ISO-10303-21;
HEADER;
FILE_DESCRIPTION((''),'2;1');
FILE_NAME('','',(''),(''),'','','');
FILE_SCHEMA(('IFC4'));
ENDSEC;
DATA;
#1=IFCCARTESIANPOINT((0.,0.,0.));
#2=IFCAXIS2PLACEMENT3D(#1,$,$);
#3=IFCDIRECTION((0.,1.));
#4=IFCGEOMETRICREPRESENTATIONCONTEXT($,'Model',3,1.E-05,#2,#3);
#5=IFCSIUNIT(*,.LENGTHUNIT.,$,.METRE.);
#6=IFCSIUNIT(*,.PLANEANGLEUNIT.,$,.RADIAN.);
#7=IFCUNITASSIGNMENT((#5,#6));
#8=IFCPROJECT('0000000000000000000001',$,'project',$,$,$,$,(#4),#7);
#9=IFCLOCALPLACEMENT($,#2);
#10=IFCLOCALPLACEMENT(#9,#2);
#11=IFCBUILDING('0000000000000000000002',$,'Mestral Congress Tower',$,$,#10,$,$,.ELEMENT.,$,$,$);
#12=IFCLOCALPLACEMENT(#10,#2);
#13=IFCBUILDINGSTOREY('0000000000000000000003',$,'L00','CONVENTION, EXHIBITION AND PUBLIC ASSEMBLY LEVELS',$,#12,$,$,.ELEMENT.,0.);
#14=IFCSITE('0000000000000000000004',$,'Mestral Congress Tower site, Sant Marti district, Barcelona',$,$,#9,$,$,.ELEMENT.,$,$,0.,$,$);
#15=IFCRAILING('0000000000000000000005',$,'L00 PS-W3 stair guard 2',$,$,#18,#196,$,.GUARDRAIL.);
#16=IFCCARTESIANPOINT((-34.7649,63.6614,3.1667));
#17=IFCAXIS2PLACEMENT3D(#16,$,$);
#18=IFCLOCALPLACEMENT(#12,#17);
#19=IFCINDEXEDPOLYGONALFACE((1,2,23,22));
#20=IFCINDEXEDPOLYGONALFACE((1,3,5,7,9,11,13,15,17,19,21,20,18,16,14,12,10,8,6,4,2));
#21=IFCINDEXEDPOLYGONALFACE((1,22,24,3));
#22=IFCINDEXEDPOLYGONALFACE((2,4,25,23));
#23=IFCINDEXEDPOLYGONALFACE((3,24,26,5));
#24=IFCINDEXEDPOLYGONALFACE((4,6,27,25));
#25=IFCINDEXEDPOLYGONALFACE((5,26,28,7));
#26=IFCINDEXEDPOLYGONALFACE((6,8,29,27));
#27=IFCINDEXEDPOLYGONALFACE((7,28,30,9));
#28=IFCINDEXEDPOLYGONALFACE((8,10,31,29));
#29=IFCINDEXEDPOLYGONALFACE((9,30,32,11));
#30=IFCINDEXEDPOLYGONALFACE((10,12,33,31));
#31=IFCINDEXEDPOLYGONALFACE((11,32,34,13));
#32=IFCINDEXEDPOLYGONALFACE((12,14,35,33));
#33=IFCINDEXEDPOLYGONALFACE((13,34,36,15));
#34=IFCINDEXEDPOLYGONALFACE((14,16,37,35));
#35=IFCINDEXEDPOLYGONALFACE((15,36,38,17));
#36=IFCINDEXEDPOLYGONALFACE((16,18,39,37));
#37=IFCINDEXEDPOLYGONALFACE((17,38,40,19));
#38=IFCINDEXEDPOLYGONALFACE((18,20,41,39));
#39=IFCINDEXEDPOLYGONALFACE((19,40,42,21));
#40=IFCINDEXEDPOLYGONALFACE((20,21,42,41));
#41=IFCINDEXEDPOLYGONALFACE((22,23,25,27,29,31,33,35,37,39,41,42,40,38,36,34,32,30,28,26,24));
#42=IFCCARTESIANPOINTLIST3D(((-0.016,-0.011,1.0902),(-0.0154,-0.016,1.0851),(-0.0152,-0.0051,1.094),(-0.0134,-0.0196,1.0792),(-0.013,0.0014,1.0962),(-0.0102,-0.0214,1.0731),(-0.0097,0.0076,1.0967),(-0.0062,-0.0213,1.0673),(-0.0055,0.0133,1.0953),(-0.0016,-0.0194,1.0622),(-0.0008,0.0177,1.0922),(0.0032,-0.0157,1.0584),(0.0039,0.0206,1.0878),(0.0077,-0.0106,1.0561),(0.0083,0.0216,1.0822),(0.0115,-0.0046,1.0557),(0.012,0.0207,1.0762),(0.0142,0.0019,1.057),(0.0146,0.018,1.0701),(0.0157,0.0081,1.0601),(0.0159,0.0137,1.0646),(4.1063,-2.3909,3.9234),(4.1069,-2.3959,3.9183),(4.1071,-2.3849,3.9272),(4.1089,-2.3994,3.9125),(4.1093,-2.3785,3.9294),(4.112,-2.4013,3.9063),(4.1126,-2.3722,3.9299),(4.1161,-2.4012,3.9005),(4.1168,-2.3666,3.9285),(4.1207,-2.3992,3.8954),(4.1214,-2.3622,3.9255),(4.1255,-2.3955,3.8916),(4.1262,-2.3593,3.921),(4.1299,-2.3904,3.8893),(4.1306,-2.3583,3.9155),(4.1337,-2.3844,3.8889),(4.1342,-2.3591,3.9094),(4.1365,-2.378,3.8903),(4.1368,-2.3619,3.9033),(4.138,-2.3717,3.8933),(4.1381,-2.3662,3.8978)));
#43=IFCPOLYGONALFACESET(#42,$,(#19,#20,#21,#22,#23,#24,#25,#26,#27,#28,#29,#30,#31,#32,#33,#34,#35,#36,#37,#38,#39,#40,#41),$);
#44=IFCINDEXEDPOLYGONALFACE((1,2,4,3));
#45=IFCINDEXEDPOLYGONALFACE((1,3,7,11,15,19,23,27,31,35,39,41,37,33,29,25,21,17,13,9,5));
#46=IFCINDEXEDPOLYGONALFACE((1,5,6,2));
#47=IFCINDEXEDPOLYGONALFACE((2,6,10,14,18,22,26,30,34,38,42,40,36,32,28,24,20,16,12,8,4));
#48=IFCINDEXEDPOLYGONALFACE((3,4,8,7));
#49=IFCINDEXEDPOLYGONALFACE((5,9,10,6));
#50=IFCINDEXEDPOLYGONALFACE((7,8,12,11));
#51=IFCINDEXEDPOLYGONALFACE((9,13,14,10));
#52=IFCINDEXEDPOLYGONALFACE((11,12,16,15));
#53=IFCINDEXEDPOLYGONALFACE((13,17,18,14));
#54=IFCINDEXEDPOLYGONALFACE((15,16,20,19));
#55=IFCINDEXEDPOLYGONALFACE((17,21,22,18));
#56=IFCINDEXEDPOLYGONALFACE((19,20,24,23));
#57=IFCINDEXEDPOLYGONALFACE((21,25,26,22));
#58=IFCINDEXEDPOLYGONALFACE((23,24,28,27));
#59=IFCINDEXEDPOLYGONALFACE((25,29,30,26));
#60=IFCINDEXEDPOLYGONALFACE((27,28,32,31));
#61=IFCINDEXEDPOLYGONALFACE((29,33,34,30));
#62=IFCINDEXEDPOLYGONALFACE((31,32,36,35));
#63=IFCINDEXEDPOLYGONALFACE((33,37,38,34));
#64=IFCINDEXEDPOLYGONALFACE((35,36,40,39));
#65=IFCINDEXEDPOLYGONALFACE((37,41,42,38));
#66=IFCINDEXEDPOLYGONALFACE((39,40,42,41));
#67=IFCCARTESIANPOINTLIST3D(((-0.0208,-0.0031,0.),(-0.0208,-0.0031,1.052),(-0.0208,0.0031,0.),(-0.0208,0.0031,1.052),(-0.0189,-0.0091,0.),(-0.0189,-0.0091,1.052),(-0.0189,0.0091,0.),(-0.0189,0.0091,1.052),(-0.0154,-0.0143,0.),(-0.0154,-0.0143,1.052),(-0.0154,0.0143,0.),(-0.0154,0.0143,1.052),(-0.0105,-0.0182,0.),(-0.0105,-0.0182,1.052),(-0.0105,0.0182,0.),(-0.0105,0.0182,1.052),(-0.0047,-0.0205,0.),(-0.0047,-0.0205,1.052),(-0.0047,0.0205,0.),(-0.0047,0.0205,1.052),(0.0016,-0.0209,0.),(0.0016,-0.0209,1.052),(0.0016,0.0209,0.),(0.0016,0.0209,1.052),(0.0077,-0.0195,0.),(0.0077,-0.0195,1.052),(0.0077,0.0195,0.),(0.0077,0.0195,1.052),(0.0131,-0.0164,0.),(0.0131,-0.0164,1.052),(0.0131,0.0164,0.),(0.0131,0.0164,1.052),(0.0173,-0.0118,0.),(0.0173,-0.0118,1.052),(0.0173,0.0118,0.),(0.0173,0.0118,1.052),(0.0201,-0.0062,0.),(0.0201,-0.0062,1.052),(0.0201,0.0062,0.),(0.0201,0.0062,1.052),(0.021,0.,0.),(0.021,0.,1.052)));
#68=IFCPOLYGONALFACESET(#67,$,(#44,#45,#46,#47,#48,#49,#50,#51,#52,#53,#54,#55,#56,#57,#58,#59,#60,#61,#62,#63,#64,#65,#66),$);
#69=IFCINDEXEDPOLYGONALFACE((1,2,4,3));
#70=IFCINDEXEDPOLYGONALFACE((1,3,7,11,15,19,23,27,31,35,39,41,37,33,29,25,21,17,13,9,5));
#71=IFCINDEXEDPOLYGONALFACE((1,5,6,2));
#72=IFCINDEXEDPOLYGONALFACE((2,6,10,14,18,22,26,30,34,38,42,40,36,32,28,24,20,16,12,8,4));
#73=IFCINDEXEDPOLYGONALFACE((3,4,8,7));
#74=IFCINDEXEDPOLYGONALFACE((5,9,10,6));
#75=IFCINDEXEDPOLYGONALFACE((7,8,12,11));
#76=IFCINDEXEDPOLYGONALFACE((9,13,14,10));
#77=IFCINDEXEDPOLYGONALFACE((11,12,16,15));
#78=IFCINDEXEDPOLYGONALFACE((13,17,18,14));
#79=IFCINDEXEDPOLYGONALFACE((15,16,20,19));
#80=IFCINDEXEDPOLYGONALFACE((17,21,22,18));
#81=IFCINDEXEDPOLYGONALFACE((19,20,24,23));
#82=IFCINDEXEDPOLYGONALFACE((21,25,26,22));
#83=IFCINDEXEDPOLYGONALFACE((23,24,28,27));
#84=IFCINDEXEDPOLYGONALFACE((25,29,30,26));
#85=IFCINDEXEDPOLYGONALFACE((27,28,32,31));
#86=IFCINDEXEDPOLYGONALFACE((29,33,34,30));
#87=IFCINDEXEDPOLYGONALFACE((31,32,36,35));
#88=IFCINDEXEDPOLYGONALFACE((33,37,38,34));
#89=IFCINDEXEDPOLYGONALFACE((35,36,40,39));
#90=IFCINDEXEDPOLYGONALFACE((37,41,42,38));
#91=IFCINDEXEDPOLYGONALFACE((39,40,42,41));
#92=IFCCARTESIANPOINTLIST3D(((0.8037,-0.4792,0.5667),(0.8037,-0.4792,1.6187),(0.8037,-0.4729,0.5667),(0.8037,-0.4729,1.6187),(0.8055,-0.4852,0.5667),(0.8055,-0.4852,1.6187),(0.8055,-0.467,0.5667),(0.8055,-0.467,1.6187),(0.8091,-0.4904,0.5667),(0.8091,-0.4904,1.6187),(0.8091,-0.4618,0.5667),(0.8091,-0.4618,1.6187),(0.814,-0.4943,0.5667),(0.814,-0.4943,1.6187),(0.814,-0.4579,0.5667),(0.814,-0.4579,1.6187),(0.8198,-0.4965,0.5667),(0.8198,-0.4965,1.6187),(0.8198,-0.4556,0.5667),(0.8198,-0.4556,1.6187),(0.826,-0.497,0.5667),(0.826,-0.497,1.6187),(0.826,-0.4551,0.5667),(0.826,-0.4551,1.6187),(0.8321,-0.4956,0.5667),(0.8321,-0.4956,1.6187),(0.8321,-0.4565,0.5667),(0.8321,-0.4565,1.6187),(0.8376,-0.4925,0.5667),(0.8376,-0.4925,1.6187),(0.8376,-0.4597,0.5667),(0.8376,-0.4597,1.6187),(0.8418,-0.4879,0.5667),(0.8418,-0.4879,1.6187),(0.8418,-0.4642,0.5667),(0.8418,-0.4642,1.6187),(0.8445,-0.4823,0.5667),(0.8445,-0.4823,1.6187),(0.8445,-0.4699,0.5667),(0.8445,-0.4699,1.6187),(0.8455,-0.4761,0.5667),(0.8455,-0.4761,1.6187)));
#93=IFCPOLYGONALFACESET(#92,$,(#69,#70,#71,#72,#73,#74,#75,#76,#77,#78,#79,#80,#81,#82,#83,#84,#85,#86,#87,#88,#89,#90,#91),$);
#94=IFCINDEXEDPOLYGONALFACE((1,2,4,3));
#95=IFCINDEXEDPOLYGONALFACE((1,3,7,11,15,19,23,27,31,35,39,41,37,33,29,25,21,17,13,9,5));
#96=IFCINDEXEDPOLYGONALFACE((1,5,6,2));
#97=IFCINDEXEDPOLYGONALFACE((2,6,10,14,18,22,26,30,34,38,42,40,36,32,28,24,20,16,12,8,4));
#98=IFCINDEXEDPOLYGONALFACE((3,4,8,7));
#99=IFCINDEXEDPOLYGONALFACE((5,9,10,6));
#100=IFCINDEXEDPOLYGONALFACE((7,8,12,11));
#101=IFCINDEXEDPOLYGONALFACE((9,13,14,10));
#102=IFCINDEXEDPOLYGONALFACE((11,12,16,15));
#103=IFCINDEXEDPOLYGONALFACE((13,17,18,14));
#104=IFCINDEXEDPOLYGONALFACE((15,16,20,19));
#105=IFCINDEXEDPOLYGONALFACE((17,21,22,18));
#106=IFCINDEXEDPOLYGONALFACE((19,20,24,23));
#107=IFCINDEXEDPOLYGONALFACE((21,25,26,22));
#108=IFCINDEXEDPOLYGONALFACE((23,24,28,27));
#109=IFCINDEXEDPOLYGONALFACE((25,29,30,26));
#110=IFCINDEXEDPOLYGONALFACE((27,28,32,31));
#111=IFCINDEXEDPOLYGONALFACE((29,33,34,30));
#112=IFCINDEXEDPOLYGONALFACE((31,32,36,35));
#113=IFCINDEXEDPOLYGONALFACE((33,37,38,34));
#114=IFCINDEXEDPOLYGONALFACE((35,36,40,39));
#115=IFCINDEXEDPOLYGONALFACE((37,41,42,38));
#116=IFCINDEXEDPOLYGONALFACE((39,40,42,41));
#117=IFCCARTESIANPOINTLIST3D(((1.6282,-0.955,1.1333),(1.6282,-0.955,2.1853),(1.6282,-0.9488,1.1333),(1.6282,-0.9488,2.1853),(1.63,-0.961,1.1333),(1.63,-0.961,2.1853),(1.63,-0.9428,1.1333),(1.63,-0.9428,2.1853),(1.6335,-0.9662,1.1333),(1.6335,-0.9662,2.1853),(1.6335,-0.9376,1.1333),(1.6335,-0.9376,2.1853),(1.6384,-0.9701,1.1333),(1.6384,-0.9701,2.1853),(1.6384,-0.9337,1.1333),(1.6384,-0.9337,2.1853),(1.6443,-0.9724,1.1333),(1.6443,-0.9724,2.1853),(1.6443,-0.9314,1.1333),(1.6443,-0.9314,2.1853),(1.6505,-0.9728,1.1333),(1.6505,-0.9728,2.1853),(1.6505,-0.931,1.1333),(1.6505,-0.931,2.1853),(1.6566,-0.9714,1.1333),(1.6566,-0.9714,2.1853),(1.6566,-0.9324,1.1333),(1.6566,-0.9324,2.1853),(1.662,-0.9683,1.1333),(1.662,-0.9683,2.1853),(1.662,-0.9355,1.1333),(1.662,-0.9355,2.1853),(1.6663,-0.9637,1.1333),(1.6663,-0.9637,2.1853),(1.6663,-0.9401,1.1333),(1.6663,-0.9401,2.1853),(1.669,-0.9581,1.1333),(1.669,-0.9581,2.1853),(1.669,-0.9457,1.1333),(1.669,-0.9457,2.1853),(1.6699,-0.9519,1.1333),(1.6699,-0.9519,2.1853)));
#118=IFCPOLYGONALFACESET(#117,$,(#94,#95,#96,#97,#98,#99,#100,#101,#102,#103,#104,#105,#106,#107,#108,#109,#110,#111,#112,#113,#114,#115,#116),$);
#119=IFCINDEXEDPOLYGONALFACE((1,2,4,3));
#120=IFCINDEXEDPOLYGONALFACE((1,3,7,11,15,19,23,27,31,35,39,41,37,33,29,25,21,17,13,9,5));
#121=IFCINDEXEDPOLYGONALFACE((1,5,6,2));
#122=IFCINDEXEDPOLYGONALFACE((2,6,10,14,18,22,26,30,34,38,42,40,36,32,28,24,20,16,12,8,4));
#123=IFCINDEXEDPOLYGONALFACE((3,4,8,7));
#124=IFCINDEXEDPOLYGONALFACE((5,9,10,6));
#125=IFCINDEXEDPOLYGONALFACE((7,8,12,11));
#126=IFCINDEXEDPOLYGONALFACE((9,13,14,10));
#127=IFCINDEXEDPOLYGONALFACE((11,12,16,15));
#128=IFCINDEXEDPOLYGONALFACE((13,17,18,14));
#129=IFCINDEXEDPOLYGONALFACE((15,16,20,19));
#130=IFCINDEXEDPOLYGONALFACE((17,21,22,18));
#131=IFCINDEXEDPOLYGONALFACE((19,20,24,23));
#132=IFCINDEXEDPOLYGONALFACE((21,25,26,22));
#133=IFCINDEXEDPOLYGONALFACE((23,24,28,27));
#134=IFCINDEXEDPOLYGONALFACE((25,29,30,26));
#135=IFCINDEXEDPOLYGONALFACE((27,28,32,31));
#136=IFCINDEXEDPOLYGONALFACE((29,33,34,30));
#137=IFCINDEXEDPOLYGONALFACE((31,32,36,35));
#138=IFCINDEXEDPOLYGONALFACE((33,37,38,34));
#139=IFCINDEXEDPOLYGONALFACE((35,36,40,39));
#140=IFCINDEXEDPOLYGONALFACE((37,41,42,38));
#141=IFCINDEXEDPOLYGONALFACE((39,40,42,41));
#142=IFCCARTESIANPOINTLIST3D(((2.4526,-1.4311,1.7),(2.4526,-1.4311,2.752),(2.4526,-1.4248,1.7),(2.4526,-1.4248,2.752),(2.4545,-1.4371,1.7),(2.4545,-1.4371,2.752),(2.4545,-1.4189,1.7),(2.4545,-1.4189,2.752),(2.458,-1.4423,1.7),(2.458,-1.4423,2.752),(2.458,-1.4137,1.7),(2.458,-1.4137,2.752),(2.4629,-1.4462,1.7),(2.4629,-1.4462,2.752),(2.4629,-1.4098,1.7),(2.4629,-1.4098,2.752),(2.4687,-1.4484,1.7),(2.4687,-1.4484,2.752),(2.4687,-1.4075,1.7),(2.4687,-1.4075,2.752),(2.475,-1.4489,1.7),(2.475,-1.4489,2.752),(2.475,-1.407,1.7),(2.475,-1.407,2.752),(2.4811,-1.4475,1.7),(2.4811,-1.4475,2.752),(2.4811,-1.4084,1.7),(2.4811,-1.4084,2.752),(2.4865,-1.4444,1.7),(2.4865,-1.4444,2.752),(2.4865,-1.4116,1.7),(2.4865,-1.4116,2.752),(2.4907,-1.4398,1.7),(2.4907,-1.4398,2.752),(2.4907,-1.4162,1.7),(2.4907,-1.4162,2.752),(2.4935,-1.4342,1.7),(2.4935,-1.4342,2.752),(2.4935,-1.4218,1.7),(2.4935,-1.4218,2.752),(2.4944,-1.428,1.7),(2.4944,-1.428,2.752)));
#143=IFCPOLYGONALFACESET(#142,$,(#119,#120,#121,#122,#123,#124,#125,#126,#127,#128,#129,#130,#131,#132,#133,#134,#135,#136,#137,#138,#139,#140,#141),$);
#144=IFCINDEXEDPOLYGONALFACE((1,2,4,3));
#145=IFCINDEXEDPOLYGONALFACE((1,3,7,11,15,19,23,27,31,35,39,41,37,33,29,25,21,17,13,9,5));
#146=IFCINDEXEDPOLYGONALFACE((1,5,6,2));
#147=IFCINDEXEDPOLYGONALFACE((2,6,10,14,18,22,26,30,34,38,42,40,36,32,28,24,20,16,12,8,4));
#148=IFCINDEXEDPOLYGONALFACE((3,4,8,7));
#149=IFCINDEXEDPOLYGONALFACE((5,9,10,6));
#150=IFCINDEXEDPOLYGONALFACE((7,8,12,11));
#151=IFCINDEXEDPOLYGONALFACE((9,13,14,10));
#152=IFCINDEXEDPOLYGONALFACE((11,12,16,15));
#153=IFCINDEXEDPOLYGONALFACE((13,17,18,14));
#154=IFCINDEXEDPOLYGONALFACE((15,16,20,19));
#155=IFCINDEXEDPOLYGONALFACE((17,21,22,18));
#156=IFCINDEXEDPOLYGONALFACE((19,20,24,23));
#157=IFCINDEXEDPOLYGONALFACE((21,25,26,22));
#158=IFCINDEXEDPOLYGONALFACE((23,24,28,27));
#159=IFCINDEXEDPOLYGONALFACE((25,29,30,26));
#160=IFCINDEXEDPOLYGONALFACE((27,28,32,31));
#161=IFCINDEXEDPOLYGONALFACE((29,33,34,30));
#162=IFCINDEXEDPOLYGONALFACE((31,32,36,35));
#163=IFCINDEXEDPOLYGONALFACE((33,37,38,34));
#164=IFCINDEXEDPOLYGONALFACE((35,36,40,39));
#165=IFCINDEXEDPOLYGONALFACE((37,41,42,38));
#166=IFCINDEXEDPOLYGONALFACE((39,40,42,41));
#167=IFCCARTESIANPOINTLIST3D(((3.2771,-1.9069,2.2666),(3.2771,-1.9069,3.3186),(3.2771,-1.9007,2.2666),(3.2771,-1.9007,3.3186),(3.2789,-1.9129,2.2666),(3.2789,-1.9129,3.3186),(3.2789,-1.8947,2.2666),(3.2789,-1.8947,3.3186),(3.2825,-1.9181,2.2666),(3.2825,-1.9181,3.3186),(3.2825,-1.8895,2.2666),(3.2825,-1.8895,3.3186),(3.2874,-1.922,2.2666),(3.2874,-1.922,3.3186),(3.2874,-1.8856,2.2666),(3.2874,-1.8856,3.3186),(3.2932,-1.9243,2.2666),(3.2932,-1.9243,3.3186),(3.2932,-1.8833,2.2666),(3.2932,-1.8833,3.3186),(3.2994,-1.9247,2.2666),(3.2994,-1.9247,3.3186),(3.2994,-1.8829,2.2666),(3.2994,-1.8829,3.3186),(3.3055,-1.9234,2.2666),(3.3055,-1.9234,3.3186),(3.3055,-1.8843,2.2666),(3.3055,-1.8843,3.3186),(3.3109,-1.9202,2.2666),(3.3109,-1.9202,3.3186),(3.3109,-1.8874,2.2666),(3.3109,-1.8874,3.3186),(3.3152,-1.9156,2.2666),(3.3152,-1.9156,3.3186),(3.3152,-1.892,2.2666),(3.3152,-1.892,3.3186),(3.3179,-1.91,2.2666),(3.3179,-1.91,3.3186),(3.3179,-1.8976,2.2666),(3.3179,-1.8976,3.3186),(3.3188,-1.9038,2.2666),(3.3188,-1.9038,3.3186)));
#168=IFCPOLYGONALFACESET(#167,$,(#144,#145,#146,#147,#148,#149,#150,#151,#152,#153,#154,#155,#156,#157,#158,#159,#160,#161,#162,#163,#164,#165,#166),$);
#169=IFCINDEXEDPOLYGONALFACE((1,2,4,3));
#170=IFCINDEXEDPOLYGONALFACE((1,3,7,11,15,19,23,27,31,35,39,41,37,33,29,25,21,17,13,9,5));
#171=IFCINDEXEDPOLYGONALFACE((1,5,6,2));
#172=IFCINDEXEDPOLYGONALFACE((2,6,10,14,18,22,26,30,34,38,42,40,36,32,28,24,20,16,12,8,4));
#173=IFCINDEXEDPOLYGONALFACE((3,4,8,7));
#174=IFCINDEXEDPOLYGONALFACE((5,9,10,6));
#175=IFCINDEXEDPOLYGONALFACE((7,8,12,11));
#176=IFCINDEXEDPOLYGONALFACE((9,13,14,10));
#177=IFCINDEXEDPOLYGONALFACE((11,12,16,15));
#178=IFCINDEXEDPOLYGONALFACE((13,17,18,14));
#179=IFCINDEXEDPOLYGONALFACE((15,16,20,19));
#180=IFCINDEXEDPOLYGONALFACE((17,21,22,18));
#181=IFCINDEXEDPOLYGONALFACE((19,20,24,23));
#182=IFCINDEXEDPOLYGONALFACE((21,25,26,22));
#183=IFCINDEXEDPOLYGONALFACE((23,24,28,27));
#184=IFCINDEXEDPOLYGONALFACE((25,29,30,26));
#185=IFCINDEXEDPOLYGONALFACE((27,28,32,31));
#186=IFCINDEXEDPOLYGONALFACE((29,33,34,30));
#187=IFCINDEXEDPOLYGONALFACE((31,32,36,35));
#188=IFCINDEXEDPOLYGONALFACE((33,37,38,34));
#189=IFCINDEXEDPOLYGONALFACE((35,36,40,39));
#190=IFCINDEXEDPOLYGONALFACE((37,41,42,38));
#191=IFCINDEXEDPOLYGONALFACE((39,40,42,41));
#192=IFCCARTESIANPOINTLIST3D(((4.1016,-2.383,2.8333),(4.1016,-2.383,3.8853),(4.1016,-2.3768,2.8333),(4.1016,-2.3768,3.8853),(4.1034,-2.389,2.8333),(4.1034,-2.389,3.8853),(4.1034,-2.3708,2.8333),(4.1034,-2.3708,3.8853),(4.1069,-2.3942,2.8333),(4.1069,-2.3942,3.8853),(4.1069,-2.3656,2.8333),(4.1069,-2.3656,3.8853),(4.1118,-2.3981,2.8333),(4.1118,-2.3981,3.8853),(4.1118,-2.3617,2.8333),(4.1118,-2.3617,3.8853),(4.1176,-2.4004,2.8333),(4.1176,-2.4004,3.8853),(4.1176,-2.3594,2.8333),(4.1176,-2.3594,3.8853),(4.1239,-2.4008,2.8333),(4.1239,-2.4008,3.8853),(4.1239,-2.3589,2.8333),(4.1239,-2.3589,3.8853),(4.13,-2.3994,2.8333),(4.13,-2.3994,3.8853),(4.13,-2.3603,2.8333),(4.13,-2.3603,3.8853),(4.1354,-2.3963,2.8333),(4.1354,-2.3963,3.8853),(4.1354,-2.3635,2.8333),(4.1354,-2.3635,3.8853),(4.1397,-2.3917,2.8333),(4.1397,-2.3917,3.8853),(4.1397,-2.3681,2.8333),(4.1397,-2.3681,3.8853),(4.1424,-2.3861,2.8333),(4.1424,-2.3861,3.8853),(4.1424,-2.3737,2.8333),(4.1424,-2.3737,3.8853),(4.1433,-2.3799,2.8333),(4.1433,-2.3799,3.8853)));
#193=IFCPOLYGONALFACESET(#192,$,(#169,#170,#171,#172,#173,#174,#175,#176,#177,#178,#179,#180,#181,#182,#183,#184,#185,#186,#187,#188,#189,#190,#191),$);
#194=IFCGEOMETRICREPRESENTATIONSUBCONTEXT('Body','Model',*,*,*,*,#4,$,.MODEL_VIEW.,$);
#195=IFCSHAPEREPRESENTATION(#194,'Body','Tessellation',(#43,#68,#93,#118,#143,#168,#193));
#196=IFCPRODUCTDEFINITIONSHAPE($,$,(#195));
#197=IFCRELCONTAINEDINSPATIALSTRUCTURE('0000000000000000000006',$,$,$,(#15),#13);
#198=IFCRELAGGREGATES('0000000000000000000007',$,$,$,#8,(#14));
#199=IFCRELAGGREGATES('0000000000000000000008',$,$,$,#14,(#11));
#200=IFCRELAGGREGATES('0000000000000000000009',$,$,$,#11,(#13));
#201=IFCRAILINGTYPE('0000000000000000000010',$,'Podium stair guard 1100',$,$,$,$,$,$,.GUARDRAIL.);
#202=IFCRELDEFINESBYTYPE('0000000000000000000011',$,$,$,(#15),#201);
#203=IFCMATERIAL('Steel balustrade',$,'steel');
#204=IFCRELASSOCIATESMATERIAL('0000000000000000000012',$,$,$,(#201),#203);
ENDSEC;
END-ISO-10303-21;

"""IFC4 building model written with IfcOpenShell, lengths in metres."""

from ifc_helpers import new_model, si_unit, direction, frame, origin, origin_2d, place, context, subcontext, project, spatial, circle, extrude, material, type_object, element, save


model = new_model("IFC4")

# Units and contexts
model_context = context("Model", 3, precision=1e-05, world=origin(), true_north=direction((0.0, 1.0)))
body_context = subcontext(model_context, "Body", "Model", "MODEL_VIEW")
ifc_project = project(units=[si_unit("LENGTHUNIT", "METRE"), si_unit("PLANEANGLEUNIT", "RADIAN")], contexts=[model_context])

# Site, building, storey
site_placement = place(None, origin())
site = spatial("IfcSite", under=ifc_project, at=site_placement, Name="Mestral Congress Tower site, Sant Marti district, Barcelona", CompositionType="ELEMENT", RefElevation=0.0)
building_placement = place(site_placement, origin())
building = spatial("IfcBuilding", under=site, at=building_placement, Name="Mestral Congress Tower", CompositionType="ELEMENT")
storey_placement = place(building_placement, origin())
storey = spatial("IfcBuildingStorey", under=building, at=storey_placement, Name="L00", Description="CONVENTION, EXHIBITION AND PUBLIC ASSEMBLY LEVELS", CompositionType="ELEMENT", Elevation=0.0)

# Railing
ifc_material_1 = material(Name="Steel balustrade", Category="steel")
railing_type_1 = type_object("IfcRailingType", Name="Podium stair guard 1100", PredefinedType="GUARDRAIL", material=ifc_material_1)
railing_1_placement = place(storey_placement, frame((-34.7649, 63.6614, 3.1667)))
element("IfcRailing", 1, at=railing_1_placement, inside=storey, type_object=railing_type_1, Name="L00 PS-W3 stair guard 2", PredefinedType="GUARDRAIL", context=body_context, shape_type="SweptSolid", body=[
    extrude(circle(Radius=0.0239, at=origin_2d()), frame((0.0, 0.0, 1.0762), z_axis=(0.744185, -0.42963, 0.511475), x_axis=(0.499978, 0.866038, 0.0)), (0.0, 0.0, 1.0), 5.5393),
    extrude(circle(Radius=0.021, at=origin_2d()), origin(), (0.0, 0.0, 1.0), 1.052),
    extrude(circle(Radius=0.021, at=origin_2d()), frame((0.8245, -0.4761, 0.5667)), (0.0, 0.0, 1.0), 1.052),
    extrude(circle(Radius=0.021, at=origin_2d()), frame((1.6489, -0.9519, 1.1333)), (0.0, 0.0, 1.0), 1.052),
    extrude(circle(Radius=0.021, at=origin_2d()), frame((2.4734, -1.428, 1.7)), (0.0, 0.0, 1.0), 1.052),
    extrude(circle(Radius=0.021, at=origin_2d()), frame((3.2979, -1.9038, 2.2666)), (0.0, 0.0, 1.0), 1.052),
    extrude(circle(Radius=0.021, at=origin_2d()), frame((4.1223, -2.3799, 2.8333)), (0.0, 0.0, 1.0), 1.052),
])

save(model, "model.ifc")
